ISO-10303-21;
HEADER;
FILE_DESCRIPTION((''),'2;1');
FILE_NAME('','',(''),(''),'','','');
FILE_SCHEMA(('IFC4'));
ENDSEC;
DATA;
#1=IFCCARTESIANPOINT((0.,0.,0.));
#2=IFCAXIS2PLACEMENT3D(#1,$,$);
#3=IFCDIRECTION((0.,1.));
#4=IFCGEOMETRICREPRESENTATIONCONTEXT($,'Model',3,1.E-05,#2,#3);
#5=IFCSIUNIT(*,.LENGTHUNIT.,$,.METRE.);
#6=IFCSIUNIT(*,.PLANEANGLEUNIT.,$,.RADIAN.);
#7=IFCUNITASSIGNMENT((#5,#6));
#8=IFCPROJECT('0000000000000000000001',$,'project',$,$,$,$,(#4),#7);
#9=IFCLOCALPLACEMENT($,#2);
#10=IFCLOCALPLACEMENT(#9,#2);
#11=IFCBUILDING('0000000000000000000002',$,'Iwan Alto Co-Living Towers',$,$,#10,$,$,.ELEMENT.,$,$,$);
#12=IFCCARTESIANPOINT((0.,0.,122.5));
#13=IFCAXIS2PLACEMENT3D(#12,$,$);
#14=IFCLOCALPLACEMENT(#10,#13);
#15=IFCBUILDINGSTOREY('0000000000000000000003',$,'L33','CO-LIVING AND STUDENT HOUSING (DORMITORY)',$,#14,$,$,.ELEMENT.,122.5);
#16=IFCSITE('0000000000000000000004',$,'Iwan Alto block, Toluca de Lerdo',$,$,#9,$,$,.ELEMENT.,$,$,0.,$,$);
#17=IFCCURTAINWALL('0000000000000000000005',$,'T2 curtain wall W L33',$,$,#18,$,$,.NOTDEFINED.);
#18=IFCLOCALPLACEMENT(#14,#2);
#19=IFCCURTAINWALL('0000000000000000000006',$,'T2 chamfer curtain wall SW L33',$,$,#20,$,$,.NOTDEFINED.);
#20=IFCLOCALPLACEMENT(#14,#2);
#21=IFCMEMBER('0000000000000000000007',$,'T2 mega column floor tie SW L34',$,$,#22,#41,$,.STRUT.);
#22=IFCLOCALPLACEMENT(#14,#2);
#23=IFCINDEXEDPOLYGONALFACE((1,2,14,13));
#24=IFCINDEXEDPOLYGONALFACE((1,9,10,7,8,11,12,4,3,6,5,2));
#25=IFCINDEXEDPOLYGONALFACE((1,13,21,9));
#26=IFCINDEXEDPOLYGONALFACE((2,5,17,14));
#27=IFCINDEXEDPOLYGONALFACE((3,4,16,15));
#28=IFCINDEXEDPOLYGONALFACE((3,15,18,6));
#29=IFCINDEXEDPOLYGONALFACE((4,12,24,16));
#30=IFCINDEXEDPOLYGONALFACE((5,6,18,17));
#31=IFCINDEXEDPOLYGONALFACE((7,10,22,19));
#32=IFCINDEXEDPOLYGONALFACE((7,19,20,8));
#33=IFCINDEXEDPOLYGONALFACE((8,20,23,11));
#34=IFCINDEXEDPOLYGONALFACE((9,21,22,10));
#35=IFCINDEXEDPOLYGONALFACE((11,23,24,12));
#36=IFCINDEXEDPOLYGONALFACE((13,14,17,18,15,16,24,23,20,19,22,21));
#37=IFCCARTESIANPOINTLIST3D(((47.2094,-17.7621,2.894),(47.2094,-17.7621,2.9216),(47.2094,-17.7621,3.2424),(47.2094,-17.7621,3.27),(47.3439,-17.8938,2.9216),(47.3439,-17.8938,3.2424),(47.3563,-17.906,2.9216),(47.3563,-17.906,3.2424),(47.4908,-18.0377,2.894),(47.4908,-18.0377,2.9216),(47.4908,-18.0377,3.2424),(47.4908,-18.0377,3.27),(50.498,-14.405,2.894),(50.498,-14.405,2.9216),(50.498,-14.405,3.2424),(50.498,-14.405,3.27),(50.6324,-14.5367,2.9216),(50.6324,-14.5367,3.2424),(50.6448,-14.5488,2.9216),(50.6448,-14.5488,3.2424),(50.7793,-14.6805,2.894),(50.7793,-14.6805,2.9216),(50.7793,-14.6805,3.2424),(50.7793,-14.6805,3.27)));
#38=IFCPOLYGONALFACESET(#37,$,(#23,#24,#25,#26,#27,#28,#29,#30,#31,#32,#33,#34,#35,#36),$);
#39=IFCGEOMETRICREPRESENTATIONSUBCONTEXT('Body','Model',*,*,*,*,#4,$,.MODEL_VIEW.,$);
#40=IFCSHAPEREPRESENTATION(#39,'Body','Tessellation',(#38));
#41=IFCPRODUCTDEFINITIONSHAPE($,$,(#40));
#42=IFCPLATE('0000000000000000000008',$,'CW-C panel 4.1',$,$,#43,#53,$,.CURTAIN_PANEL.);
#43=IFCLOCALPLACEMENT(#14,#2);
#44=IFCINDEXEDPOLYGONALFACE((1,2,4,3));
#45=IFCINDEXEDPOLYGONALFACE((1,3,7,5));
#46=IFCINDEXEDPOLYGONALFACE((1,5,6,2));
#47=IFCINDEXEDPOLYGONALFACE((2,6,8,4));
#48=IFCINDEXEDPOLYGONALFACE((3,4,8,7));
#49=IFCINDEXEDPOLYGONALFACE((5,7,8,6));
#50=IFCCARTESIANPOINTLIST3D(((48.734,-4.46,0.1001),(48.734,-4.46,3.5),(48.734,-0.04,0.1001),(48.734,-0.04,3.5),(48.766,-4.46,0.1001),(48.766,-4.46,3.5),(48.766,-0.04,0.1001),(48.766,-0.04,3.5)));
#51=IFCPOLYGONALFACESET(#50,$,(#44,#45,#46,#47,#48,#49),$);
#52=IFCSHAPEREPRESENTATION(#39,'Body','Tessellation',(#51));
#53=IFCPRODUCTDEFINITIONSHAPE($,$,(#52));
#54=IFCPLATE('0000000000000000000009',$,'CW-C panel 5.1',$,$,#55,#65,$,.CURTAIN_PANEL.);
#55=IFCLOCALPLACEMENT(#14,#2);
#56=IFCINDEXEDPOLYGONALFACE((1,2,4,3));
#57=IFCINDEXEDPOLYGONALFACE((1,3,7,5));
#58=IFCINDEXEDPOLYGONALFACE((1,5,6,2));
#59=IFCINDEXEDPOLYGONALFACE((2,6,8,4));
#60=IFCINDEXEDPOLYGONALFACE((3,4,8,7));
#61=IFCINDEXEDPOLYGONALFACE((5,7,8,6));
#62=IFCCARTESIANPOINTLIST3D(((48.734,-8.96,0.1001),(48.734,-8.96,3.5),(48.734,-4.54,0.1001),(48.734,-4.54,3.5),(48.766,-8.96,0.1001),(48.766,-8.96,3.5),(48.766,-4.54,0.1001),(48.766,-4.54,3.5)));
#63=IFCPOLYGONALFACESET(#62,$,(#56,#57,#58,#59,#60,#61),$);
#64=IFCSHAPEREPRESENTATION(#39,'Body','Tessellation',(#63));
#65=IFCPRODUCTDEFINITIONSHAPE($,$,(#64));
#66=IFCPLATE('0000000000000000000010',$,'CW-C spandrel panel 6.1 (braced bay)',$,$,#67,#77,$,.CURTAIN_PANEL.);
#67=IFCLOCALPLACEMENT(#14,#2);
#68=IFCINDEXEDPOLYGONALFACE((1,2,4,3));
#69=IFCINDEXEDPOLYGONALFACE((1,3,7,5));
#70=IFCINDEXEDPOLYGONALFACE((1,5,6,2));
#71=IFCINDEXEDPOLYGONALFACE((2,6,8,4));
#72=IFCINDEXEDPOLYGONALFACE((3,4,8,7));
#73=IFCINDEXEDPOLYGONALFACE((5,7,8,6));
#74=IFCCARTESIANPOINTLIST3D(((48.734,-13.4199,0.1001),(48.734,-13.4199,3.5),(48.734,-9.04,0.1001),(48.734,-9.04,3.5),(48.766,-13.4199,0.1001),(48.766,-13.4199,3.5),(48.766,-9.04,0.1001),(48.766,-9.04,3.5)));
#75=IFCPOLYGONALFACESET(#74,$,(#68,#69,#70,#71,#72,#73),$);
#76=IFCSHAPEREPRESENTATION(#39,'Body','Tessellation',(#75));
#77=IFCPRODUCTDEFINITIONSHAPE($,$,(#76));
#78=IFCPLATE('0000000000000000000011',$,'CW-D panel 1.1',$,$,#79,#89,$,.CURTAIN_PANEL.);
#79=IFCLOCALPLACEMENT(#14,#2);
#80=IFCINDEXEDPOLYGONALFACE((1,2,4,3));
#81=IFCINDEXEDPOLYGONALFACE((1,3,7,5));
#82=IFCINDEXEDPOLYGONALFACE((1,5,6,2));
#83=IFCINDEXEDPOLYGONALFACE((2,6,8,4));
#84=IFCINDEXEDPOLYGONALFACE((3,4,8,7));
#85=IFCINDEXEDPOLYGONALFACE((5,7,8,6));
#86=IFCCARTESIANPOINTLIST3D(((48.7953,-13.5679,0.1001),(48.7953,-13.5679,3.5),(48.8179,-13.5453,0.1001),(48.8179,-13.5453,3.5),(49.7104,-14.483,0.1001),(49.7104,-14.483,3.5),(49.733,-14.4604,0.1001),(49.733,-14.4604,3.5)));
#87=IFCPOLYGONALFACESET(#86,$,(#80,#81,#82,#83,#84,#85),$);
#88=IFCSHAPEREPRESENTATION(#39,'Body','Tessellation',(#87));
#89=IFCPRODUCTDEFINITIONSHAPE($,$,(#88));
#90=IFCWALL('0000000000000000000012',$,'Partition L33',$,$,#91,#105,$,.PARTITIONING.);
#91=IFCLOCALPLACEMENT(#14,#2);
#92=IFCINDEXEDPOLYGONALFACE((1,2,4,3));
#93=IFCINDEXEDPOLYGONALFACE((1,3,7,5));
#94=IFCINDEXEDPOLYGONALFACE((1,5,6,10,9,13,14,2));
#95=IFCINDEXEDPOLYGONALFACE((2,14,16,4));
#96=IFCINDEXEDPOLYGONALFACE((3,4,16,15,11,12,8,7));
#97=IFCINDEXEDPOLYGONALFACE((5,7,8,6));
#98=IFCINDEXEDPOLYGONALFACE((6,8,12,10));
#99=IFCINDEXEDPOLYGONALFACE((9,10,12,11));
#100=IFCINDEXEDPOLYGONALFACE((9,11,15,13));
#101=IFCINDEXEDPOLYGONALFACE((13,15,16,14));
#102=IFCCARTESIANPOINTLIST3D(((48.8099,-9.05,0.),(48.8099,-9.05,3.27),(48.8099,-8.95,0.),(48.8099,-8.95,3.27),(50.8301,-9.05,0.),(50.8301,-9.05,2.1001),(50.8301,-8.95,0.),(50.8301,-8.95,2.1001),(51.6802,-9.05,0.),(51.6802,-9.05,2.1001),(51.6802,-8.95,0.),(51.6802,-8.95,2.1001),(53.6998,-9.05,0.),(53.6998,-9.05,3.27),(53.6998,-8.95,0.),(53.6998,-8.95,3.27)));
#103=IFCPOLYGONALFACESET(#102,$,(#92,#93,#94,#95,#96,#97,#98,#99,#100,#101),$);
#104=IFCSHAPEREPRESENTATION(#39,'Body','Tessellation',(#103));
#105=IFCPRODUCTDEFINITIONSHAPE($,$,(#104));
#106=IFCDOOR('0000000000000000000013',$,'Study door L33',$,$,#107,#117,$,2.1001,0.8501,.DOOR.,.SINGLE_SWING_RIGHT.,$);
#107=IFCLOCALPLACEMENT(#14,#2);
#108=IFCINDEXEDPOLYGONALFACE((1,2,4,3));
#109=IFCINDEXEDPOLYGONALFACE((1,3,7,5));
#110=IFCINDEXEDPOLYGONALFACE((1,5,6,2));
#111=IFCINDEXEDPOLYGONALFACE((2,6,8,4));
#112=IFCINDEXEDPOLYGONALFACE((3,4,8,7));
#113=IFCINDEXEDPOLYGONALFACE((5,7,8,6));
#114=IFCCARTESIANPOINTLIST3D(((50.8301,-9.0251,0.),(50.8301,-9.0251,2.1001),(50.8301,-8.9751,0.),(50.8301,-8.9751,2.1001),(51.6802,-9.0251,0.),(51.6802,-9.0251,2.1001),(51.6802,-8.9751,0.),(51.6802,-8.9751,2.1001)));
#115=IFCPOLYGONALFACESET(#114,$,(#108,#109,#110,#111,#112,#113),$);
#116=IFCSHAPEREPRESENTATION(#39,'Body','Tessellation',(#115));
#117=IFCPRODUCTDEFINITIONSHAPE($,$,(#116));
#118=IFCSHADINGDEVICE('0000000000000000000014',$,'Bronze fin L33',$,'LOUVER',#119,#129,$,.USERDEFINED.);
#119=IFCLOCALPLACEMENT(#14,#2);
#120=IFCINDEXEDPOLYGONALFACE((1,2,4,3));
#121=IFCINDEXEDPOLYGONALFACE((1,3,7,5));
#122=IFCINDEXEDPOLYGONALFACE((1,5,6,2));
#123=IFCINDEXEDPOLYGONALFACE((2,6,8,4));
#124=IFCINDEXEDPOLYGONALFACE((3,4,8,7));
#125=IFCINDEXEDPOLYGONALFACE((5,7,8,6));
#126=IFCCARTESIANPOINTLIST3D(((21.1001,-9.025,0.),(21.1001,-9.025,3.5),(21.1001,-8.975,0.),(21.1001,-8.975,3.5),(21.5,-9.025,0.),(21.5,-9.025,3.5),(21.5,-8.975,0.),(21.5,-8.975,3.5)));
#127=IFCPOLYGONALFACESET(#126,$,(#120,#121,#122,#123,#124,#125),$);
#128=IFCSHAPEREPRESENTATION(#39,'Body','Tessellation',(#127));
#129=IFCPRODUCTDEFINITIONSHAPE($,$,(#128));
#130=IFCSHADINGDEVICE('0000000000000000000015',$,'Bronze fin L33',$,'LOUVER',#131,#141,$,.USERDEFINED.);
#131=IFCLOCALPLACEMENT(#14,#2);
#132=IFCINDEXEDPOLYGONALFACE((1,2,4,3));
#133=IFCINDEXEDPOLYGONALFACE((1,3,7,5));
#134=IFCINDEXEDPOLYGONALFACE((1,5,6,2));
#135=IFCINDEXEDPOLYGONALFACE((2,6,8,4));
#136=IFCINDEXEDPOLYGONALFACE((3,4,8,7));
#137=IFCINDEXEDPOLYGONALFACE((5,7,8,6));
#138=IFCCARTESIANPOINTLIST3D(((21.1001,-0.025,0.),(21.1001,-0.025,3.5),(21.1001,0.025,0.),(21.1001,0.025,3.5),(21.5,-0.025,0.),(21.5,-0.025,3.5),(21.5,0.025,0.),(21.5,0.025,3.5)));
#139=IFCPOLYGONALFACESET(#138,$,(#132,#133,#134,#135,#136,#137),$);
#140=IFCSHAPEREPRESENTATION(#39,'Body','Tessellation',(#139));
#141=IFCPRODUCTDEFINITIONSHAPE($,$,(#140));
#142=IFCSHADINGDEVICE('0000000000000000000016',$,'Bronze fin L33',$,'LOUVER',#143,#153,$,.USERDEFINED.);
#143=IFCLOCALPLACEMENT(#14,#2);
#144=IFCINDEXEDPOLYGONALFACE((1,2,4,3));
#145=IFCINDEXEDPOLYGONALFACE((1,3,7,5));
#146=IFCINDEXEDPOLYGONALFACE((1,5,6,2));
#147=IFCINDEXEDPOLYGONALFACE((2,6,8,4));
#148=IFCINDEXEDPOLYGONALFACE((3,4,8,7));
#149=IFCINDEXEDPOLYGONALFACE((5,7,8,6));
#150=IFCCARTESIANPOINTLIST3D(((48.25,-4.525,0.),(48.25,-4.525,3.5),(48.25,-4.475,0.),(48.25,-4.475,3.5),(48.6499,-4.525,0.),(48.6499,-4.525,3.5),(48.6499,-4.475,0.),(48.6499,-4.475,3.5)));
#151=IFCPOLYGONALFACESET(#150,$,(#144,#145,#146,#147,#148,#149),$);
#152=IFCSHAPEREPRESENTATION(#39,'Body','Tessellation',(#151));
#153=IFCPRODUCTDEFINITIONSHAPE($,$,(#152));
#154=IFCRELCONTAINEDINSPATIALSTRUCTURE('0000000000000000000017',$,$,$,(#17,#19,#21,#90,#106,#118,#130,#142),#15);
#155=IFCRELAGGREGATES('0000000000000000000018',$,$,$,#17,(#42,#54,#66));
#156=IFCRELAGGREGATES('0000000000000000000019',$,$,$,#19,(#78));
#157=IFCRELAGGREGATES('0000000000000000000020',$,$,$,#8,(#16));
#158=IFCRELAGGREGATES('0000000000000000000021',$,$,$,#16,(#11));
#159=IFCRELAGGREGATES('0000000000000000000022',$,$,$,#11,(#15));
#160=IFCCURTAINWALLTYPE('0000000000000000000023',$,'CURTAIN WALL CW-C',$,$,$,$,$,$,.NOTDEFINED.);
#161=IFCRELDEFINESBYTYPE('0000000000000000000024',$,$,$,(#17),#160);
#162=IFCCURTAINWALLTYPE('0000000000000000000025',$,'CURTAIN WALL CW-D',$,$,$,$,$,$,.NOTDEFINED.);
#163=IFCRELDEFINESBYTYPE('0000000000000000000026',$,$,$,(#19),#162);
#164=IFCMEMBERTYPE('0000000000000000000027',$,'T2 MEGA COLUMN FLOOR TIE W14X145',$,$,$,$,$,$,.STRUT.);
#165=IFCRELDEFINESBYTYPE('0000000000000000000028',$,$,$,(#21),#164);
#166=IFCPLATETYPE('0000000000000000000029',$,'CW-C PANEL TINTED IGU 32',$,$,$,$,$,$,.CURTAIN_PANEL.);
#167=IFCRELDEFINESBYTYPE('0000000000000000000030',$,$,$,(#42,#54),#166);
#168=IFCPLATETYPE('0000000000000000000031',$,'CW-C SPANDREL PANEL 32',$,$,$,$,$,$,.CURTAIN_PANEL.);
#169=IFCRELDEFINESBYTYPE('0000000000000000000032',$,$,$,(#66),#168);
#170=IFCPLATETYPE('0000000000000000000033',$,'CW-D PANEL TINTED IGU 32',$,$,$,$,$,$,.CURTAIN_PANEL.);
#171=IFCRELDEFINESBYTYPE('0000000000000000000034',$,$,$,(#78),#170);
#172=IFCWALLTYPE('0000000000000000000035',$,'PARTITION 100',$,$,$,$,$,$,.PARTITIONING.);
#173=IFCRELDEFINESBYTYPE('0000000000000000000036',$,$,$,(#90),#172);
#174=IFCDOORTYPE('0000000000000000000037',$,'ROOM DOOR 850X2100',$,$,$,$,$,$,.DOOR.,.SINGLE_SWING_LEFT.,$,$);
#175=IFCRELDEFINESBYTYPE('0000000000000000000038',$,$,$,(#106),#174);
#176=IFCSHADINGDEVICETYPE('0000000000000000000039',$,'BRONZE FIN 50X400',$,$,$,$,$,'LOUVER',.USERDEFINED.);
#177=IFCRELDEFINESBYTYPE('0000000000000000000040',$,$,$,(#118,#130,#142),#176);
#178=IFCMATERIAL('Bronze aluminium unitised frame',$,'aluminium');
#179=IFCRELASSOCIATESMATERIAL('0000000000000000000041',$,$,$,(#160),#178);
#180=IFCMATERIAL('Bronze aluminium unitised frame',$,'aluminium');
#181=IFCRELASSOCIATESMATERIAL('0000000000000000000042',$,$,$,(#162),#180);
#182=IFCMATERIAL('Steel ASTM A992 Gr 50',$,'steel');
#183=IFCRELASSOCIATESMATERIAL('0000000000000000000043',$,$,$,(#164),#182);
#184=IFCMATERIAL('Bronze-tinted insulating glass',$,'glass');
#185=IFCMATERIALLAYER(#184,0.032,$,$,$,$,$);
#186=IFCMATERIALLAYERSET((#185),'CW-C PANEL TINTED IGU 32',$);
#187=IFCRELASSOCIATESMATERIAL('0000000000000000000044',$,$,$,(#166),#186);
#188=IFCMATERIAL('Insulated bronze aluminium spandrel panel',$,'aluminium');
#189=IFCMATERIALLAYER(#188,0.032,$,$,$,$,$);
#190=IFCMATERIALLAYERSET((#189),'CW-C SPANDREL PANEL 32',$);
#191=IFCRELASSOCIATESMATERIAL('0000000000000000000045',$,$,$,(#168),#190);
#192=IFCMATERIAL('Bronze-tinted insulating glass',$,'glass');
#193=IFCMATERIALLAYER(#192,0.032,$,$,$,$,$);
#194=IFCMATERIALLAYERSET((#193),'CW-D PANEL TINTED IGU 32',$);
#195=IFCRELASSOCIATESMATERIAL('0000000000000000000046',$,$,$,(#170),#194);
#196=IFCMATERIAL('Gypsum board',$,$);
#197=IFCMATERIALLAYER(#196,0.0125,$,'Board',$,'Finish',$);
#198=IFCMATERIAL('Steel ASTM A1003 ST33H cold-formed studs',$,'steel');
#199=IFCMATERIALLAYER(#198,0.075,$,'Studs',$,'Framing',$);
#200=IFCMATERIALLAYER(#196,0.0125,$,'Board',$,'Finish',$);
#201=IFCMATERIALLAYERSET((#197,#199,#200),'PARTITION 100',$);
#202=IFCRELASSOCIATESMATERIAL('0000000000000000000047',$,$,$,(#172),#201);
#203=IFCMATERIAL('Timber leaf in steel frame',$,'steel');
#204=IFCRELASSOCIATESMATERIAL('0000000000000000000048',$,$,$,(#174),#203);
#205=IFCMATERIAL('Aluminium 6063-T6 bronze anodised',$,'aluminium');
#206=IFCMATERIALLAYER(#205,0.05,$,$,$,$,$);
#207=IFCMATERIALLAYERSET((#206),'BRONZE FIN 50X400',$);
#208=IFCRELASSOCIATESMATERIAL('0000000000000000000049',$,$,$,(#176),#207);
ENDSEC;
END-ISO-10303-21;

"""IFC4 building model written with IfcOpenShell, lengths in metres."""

from ifc_helpers import new_model, si_unit, direction, frame, frame_2d, origin, origin_2d, place, context, subcontext, project, spatial, rectangle, i_section, extrude, material, layer, layer_set, material_profile, profile_set, type_object, element, fill, aggregate, save


model = new_model("IFC4")

# Units and contexts
model_context = context("Model", 3, precision=1e-05, world=origin(), true_north=direction((0.0, 1.0)))
body_context = subcontext(model_context, "Body", "Model", "MODEL_VIEW")
ifc_project = project(units=[si_unit("LENGTHUNIT", "METRE"), si_unit("PLANEANGLEUNIT", "RADIAN")], contexts=[model_context])

# Site, building, storey
site_placement = place(None, origin())
site = spatial("IfcSite", under=ifc_project, at=site_placement, Name="Iwan Alto block, Toluca de Lerdo", CompositionType="ELEMENT", RefElevation=0.0)
building_placement = place(site_placement, origin())
building = spatial("IfcBuilding", under=site, at=building_placement, Name="Iwan Alto Co-Living Towers", CompositionType="ELEMENT")
storey_placement = place(building_placement, frame((0.0, 0.0, 122.5)))
storey = spatial("IfcBuildingStorey", under=building, at=storey_placement, Name="L33", Description="CO-LIVING AND STUDENT HOUSING (DORMITORY)", CompositionType="ELEMENT", Elevation=122.5)

# Curtain walls
ifc_material_1 = material(Name="Bronze aluminium unitised frame", Category="aluminium")
curtain_wall_type_1 = type_object("IfcCurtainWallType", Name="CURTAIN WALL CW-C", PredefinedType="NOTDEFINED", material=ifc_material_1)
curtain_wall_1_placement = place(storey_placement, origin())
curtain_wall_1 = element("IfcCurtainWall", 1, at=curtain_wall_1_placement, inside=storey, type_object=curtain_wall_type_1, Name="T2 curtain wall W L33", PredefinedType="NOTDEFINED")
ifc_material_2 = material(Name="Bronze aluminium unitised frame", Category="aluminium")
curtain_wall_type_2 = type_object("IfcCurtainWallType", Name="CURTAIN WALL CW-D", PredefinedType="NOTDEFINED", material=ifc_material_2)
curtain_wall_2_placement = place(storey_placement, origin())
curtain_wall_2 = element("IfcCurtainWall", 2, at=curtain_wall_2_placement, inside=storey, type_object=curtain_wall_type_2, Name="T2 chamfer curtain wall SW L33", PredefinedType="NOTDEFINED")

# Member
ifc_material_3 = material(Name="Steel ASTM A992 Gr 50", Category="steel")
ifc_material_profile_1 = material_profile(ifc_material_3, i_section(OverallWidth=0.3938, OverallDepth=0.376, WebThickness=0.0173, FlangeThickness=0.0276, at=origin_2d()), Name="W14X145")
ifc_profile_set_1 = profile_set([ifc_material_profile_1], Name="Steel ASTM A992 Gr 50")
member_type_1 = type_object("IfcMemberType", Name="T2 MEGA COLUMN FLOOR TIE W14X145", PredefinedType="STRUT", material=ifc_profile_set_1)
member_1_placement = place(storey_placement, frame((47.3501, -17.8999, 3.082), z_axis=(0.69977, 0.714368, 0.0), x_axis=(-0.714368, 0.69977, 0.0)))
element("IfcMember", 3, at=member_1_placement, inside=storey, type_object=member_type_1, Name="T2 mega column floor tie SW L34", PredefinedType="STRUT", context=body_context, shape_type="SweptSolid", body=[
    extrude(i_section(OverallWidth=0.3938, OverallDepth=0.376, WebThickness=0.0173, FlangeThickness=0.0276, at=origin_2d()), origin(), (0.0, 0.0, 1.0), 4.6995),
])

# Plates
ifc_material_4 = material(Name="Bronze-tinted insulating glass", Category="glass")
ifc_layer_1 = layer(ifc_material_4, 0.032)
ifc_layer_set_1 = layer_set([ifc_layer_1], Name="CW-C PANEL TINTED IGU 32")
plate_type_1 = type_object("IfcPlateType", Name="CW-C PANEL TINTED IGU 32", PredefinedType="CURTAIN_PANEL", material=ifc_layer_set_1)
plate_1_placement = place(storey_placement, frame((48.75, -2.25, 0.1001), z_axis=(0.0, 0.0, 1.0), x_axis=(0.0, -1.0, 0.0)))
plate_1 = element("IfcPlate", 4, at=plate_1_placement, type_object=plate_type_1, Name="CW-C panel 4.1", PredefinedType="CURTAIN_PANEL", context=body_context, shape_type="SweptSolid", body=[
    extrude(rectangle(XDim=4.4199, YDim=0.032, at=origin_2d()), origin(), (0.0, 0.0, 1.0), 3.3999),
])
plate_2_placement = place(storey_placement, frame((48.75, -6.75, 0.1001), z_axis=(0.0, 0.0, 1.0), x_axis=(0.0, -1.0, 0.0)))
plate_2 = element("IfcPlate", 5, at=plate_2_placement, type_object=plate_type_1, Name="CW-C panel 5.1", PredefinedType="CURTAIN_PANEL", context=body_context, shape_type="SweptSolid", body=[
    extrude(rectangle(XDim=4.4199, YDim=0.032, at=origin_2d()), origin(), (0.0, 0.0, 1.0), 3.3999),
])
ifc_material_5 = material(Name="Insulated bronze aluminium spandrel panel", Category="aluminium")
ifc_layer_2 = layer(ifc_material_5, 0.032)
ifc_layer_set_2 = layer_set([ifc_layer_2], Name="CW-C SPANDREL PANEL 32")
plate_type_2 = type_object("IfcPlateType", Name="CW-C SPANDREL PANEL 32", PredefinedType="CURTAIN_PANEL", material=ifc_layer_set_2)
plate_3_placement = place(storey_placement, frame((48.75, -11.23, 0.1001), z_axis=(0.0, 0.0, 1.0), x_axis=(0.0, -1.0, 0.0)))
plate_3 = element("IfcPlate", 6, at=plate_3_placement, type_object=plate_type_2, Name="CW-C spandrel panel 6.1 (braced bay)", PredefinedType="CURTAIN_PANEL", context=body_context, shape_type="SweptSolid", body=[
    extrude(rectangle(XDim=4.3799, YDim=0.032, at=origin_2d()), origin(), (0.0, 0.0, 1.0), 3.3999),
])
aggregate(curtain_wall_1, [plate_1, plate_2, plate_3])
ifc_material_6 = material(Name="Bronze-tinted insulating glass", Category="glass")
ifc_layer_3 = layer(ifc_material_6, 0.032)
ifc_layer_set_3 = layer_set([ifc_layer_3], Name="CW-D PANEL TINTED IGU 32")
plate_type_3 = type_object("IfcPlateType", Name="CW-D PANEL TINTED IGU 32", PredefinedType="CURTAIN_PANEL", material=ifc_layer_set_3)
plate_4_placement = place(storey_placement, frame((49.2642, -14.0142, 0.1001), z_axis=(0.0, 0.0, 1.0), x_axis=(0.707107, -0.707107, 0.0)))
plate_4 = element("IfcPlate", 7, at=plate_4_placement, type_object=plate_type_3, Name="CW-D panel 1.1", PredefinedType="CURTAIN_PANEL", context=body_context, shape_type="SweptSolid", body=[
    extrude(rectangle(XDim=1.2942, YDim=0.032, at=origin_2d()), origin(), (0.0, 0.0, 1.0), 3.3999),
])
aggregate(curtain_wall_2, [plate_4])

# Wall, opening, door
ifc_material_7 = material(Name="Gypsum board")
ifc_layer_4 = layer(ifc_material_7, 0.0125, Name="Board", Category="Finish")
ifc_material_8 = material(Name="Steel ASTM A1003 ST33H cold-formed studs", Category="steel")
ifc_layer_5 = layer(ifc_material_8, 0.075, Name="Studs", Category="Framing")
ifc_layer_6 = layer(ifc_material_7, 0.0125, Name="Board", Category="Finish")
ifc_layer_set_4 = layer_set([ifc_layer_4, ifc_layer_5, ifc_layer_6], Name="PARTITION 100")
wall_type = type_object("IfcWallType", Name="PARTITION 100", PredefinedType="PARTITIONING", material=ifc_layer_set_4)
wall_placement = place(storey_placement, frame((48.8101, -9.0, 0.0), z_axis=(0.0, 0.0, 1.0), x_axis=(1.0, 0.0, 0.0)))
wall = element("IfcWall", 8, at=wall_placement, inside=storey, type_object=wall_type, Name="Partition L33", PredefinedType="PARTITIONING", context=body_context, shape_type="SweptSolid", body=[
    extrude(rectangle(XDim=4.8899, YDim=0.1001, at=frame_2d((2.4448, 0.0))), origin(), (0.0, 0.0, 1.0), 3.27),
])
opening_placement = place(wall_placement, frame((2.02, 0.0, 0.0)))
opening = element("IfcOpeningElement", 9, at=opening_placement, cuts=wall, PredefinedType="OPENING", context=body_context, shape_type="SweptSolid", body=[
    extrude(rectangle(XDim=0.8501, YDim=2.1001, at=frame_2d((0.425, 1.05))), frame((0.0, 0.0601, 0.0), z_axis=(0.0, -1.0, 0.0), x_axis=(1.0, 0.0, 0.0)), (0.0, 0.0, 1.0), 0.1201),
])
ifc_material_9 = material(Name="Timber leaf in steel frame", Category="steel")
door_type = type_object("IfcDoorType", Name="ROOM DOOR 850X2100", OperationType="SINGLE_SWING_LEFT", PredefinedType="DOOR", material=ifc_material_9)
door_placement = place(opening_placement, origin())
door = element("IfcDoor", 10, at=door_placement, inside=storey, type_object=door_type, Name="Study door L33", OperationType="SINGLE_SWING_RIGHT", OverallHeight=2.1001, OverallWidth=0.8501, PredefinedType="DOOR", context=body_context, shape_type="SweptSolid", body=[
    extrude(rectangle(XDim=0.8501, YDim=2.1001, at=frame_2d((0.425, 1.05))), frame((0.0, 0.0249, 0.0), z_axis=(0.0, -1.0, 0.0), x_axis=(1.0, 0.0, 0.0)), (0.0, 0.0, 1.0), 0.05),
])
fill(opening, door)

# Shading devices
ifc_material_10 = material(Name="Aluminium 6063-T6 bronze anodised", Category="aluminium")
ifc_layer_7 = layer(ifc_material_10, 0.05)
ifc_layer_set_5 = layer_set([ifc_layer_7], Name="BRONZE FIN 50X400")
shading_device_type = type_object("IfcShadingDeviceType", Name="BRONZE FIN 50X400", ElementType="LOUVER", PredefinedType="USERDEFINED", material=ifc_layer_set_5)
for number, where, z_axis, x_axis, name in (
    (11, (21.3, -9.0, 0.0), (0.0, 0.0, 1.0), (0.0, 1.0, 0.0), "Bronze fin L33"),
    (12, (21.3, 0.0, 0.0), (0.0, 0.0, 1.0), (0.0, 1.0, 0.0), "Bronze fin L33"),
    (13, (48.45, -4.5, 0.0), (0.0, 0.0, 1.0), (0.0, -1.0, 0.0), "Bronze fin L33"),
):
    element("IfcShadingDevice", number, at=place(storey_placement, frame(where, z_axis=z_axis, x_axis=x_axis)), inside=storey, type_object=shading_device_type, Name=name, ObjectType="LOUVER", PredefinedType="USERDEFINED", context=body_context, shape_type="SweptSolid", body=[
        extrude(rectangle(XDim=0.05, YDim=0.3999, at=origin_2d()), origin(), (0.0, 0.0, 1.0), 3.5),
    ])

save(model, "model.ifc")
